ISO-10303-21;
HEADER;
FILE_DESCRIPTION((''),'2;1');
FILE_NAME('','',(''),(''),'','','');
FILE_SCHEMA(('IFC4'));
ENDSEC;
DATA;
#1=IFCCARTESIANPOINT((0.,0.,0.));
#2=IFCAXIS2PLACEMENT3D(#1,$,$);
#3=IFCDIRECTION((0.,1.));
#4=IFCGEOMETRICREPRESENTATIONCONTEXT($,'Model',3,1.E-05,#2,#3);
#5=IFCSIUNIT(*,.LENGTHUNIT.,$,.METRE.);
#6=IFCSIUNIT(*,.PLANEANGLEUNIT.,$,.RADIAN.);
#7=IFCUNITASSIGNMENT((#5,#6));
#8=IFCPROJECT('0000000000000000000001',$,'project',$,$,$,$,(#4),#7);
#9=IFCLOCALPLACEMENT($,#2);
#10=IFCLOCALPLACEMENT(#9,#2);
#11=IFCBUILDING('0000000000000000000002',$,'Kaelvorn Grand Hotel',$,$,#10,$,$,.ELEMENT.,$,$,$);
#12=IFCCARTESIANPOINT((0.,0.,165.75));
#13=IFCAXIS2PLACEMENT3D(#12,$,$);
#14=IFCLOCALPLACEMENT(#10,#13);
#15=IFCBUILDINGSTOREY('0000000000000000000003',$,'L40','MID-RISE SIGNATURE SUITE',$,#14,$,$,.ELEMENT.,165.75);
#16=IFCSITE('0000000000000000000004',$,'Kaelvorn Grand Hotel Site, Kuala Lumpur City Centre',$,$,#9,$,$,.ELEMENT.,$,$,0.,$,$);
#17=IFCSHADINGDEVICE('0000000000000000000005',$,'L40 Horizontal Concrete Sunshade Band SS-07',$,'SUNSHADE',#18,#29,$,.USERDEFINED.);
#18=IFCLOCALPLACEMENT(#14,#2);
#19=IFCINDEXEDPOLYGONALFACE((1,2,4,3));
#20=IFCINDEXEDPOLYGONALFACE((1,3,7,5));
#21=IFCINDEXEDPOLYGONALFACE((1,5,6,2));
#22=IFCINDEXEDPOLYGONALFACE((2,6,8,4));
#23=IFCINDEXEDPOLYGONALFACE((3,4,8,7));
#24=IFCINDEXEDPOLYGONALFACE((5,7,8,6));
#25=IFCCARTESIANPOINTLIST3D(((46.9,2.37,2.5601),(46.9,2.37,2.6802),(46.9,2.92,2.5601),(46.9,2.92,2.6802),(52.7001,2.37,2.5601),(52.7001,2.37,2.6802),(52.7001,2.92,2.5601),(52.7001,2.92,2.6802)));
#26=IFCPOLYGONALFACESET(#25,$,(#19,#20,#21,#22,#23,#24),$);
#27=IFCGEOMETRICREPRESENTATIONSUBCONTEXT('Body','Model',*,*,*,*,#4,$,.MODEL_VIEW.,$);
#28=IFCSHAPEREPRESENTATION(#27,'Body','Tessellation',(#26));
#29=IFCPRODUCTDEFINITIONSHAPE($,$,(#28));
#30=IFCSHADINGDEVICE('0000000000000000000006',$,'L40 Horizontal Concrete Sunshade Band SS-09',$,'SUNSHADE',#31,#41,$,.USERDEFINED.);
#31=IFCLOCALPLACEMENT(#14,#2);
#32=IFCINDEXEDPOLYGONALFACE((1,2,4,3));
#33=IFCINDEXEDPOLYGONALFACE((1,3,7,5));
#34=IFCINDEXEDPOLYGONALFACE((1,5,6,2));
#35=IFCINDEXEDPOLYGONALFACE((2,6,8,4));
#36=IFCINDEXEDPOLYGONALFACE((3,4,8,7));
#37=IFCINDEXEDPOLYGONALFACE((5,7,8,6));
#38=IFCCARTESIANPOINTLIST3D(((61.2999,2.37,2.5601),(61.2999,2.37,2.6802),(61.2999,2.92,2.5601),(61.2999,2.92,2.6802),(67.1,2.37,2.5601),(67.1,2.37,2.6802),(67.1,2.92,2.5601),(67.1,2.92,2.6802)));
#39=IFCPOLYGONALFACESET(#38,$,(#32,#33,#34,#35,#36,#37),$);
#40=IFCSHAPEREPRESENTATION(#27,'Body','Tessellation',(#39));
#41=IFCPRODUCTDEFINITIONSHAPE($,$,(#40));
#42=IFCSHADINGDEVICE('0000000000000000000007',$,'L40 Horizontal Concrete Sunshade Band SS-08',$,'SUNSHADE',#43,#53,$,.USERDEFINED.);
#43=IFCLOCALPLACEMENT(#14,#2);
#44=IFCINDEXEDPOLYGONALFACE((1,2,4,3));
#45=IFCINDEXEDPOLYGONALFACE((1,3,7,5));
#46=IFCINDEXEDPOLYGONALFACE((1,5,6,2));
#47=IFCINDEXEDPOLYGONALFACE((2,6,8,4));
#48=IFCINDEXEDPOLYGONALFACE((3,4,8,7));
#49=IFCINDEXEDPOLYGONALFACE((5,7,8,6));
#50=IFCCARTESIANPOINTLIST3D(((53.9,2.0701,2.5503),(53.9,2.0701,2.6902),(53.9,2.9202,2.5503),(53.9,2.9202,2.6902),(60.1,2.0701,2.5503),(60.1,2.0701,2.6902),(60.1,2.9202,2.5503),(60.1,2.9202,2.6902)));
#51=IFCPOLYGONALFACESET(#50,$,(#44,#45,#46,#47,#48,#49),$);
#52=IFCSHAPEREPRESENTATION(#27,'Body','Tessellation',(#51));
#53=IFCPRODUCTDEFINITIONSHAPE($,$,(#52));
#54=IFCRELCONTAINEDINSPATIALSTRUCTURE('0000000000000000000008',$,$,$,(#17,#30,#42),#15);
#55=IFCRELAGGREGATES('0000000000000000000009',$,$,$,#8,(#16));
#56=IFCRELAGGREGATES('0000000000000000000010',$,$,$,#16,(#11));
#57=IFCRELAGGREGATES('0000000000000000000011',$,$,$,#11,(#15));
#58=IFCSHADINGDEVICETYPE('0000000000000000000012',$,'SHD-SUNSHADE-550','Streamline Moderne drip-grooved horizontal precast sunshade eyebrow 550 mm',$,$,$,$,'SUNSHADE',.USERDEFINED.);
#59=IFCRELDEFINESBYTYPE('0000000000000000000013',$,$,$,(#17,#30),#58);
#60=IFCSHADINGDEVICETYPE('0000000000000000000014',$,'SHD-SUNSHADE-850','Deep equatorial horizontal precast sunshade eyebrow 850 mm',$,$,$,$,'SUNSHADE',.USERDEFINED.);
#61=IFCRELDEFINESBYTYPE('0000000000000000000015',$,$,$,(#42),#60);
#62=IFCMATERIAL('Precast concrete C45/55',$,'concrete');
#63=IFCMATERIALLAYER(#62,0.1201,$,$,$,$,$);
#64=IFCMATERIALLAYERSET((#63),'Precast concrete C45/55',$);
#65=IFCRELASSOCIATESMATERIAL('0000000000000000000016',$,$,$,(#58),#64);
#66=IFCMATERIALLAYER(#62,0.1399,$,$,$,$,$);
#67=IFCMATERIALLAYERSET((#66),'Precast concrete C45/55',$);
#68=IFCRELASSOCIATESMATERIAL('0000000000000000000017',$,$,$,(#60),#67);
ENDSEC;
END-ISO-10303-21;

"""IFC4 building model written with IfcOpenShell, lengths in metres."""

from ifc_helpers import new_model, si_unit, direction, frame, origin, origin_2d, place, context, subcontext, project, spatial, rectangle, extrude, material, layer, layer_set, type_object, element, save


model = new_model("IFC4")

# Units and contexts
model_context = context("Model", 3, precision=1e-05, world=origin(), true_north=direction((0.0, 1.0)))
body_context = subcontext(model_context, "Body", "Model", "MODEL_VIEW")
ifc_project = project(units=[si_unit("LENGTHUNIT", "METRE"), si_unit("PLANEANGLEUNIT", "RADIAN")], contexts=[model_context])

# Site, building, storey
site_placement = place(None, origin())
site = spatial("IfcSite", under=ifc_project, at=site_placement, Name="Kaelvorn Grand Hotel Site, Kuala Lumpur City Centre", CompositionType="ELEMENT", RefElevation=0.0)
building_placement = place(site_placement, origin())
building = spatial("IfcBuilding", under=site, at=building_placement, Name="Kaelvorn Grand Hotel", CompositionType="ELEMENT")
storey_placement = place(building_placement, frame((0.0, 0.0, 165.75)))
storey = spatial("IfcBuildingStorey", under=building, at=storey_placement, Name="L40", Description="MID-RISE SIGNATURE SUITE", CompositionType="ELEMENT", Elevation=165.75)

# Shading devices
ifc_material_1 = material(Name="Precast concrete C45/55", Category="concrete")
ifc_layer_1 = layer(ifc_material_1, 0.1201)
ifc_layer_set_1 = layer_set([ifc_layer_1], Name="Precast concrete C45/55")
shading_device_type_1 = type_object("IfcShadingDeviceType", Name="SHD-SUNSHADE-550", Description="Streamline Moderne drip-grooved horizontal precast sunshade eyebrow 550 mm", ElementType="SUNSHADE", PredefinedType="USERDEFINED", material=ifc_layer_set_1)
for number, where, z_axis, x_axis, name in (
    (1, (49.8, 2.645, 2.5601), (0.0, 0.0, 1.0), (1.0, 0.0, 0.0), "L40 Horizontal Concrete Sunshade Band SS-07"),
    (2, (64.2, 2.645, 2.5601), (0.0, 0.0, 1.0), (1.0, 0.0, 0.0), "L40 Horizontal Concrete Sunshade Band SS-09"),
):
    element("IfcShadingDevice", number, at=place(storey_placement, frame(where, z_axis=z_axis, x_axis=x_axis)), inside=storey, type_object=shading_device_type_1, Name=name, ObjectType="SUNSHADE", PredefinedType="USERDEFINED", context=body_context, shape_type="SweptSolid", body=[
        extrude(rectangle(XDim=5.8, YDim=0.55, at=origin_2d()), origin(), (0.0, 0.0, 1.0), 0.1201),
    ])
ifc_layer_2 = layer(ifc_material_1, 0.1399)
ifc_layer_set_2 = layer_set([ifc_layer_2], Name="Precast concrete C45/55")
shading_device_type_2 = type_object("IfcShadingDeviceType", Name="SHD-SUNSHADE-850", Description="Deep equatorial horizontal precast sunshade eyebrow 850 mm", ElementType="SUNSHADE", PredefinedType="USERDEFINED", material=ifc_layer_set_2)
shading_device_placement = place(storey_placement, frame((57.0, 2.4951, 2.5503), z_axis=(0.0, 0.0, 1.0), x_axis=(1.0, 0.0, 0.0)))
element("IfcShadingDevice", 3, at=shading_device_placement, inside=storey, type_object=shading_device_type_2, Name="L40 Horizontal Concrete Sunshade Band SS-08", ObjectType="SUNSHADE", PredefinedType="USERDEFINED", context=body_context, shape_type="SweptSolid", body=[
    extrude(rectangle(XDim=6.2, YDim=0.8501, at=origin_2d()), origin(), (0.0, 0.0, 1.0), 0.1399),
])

save(model, "model.ifc")
